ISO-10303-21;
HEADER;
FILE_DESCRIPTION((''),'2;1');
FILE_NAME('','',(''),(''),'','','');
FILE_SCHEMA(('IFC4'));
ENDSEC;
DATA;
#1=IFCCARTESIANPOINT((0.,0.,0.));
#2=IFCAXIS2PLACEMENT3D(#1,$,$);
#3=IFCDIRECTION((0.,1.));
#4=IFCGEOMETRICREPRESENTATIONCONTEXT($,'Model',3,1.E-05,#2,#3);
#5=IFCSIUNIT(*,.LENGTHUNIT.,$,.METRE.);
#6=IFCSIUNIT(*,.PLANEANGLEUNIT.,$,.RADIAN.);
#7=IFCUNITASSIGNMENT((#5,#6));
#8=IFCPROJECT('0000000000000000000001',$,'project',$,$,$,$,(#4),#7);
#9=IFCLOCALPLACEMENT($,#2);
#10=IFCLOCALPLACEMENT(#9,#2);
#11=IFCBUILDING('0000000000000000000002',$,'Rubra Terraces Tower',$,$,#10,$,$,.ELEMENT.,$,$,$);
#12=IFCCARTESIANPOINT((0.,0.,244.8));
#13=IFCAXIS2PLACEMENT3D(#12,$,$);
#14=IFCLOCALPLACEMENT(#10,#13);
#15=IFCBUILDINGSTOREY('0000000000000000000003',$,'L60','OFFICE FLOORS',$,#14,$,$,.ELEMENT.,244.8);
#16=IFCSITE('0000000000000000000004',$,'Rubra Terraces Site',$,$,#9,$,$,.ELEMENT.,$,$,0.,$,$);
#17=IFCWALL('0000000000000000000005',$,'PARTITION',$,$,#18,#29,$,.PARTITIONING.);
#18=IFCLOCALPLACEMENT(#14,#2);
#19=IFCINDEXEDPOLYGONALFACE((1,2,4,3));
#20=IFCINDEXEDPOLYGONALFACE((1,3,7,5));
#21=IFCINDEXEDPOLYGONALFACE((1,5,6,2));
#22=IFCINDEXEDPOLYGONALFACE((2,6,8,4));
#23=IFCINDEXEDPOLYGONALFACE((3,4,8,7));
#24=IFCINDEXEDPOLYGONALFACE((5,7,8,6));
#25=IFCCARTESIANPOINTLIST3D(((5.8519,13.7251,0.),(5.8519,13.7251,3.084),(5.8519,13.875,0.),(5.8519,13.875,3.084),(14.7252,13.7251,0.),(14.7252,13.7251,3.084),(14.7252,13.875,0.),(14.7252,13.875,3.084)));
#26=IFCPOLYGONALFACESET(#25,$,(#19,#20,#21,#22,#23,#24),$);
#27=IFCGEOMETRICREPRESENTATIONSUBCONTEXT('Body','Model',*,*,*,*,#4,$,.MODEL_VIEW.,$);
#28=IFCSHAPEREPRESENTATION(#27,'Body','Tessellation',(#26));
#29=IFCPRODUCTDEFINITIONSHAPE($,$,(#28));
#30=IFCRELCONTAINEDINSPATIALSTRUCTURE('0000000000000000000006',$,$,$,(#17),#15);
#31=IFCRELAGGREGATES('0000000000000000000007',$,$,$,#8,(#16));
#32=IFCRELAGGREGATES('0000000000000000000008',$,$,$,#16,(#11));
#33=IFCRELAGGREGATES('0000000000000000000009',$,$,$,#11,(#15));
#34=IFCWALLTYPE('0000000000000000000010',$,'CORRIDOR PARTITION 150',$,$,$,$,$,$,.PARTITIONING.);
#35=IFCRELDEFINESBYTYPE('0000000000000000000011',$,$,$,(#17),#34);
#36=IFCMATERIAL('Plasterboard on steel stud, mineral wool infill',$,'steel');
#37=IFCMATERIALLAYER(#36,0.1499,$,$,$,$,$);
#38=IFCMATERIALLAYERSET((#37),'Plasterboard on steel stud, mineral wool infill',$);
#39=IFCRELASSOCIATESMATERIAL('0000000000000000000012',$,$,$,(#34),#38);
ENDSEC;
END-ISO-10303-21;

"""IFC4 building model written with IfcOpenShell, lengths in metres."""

from ifc_helpers import new_model, si_unit, direction, frame, frame_2d, origin, place, context, subcontext, project, spatial, rectangle, extrude, material, layer, layer_set, type_object, element, save


model = new_model("IFC4")

# Units and contexts
model_context = context("Model", 3, precision=1e-05, world=origin(), true_north=direction((0.0, 1.0)))
body_context = subcontext(model_context, "Body", "Model", "MODEL_VIEW")
ifc_project = project(units=[si_unit("LENGTHUNIT", "METRE"), si_unit("PLANEANGLEUNIT", "RADIAN")], contexts=[model_context])

# Site, building, storey
site_placement = place(None, origin())
site = spatial("IfcSite", under=ifc_project, at=site_placement, Name="Rubra Terraces Site", CompositionType="ELEMENT", RefElevation=0.0)
building_placement = place(site_placement, origin())
building = spatial("IfcBuilding", under=site, at=building_placement, Name="Rubra Terraces Tower", CompositionType="ELEMENT")
storey_placement = place(building_placement, frame((0.0, 0.0, 244.8)))
storey = spatial("IfcBuildingStorey", under=building, at=storey_placement, Name="L60", Description="OFFICE FLOORS", CompositionType="ELEMENT", Elevation=244.8)

# Wall
ifc_material_1 = material(Name="Plasterboard on steel stud, mineral wool infill", Category="steel")
ifc_layer_1 = layer(ifc_material_1, 0.1499)
ifc_layer_set_1 = layer_set([ifc_layer_1], Name="Plasterboard on steel stud, mineral wool infill")
wall_type_1 = type_object("IfcWallType", Name="CORRIDOR PARTITION 150", PredefinedType="PARTITIONING", material=ifc_layer_set_1)
wall_1_placement = place(storey_placement, frame((14.7251, 13.8, 0.0), z_axis=(0.0, 0.0, 1.0), x_axis=(-1.0, 0.0, 0.0)))
element("IfcWall", 1, at=wall_1_placement, inside=storey, type_object=wall_type_1, Name="PARTITION", PredefinedType="PARTITIONING", context=body_context, shape_type="SweptSolid", body=[
    extrude(rectangle(XDim=8.8733, YDim=0.1499, at=frame_2d((4.4365, 0.0))), origin(), (0.0, 0.0, 1.0), 3.084),
])

save(model, "model.ifc")
